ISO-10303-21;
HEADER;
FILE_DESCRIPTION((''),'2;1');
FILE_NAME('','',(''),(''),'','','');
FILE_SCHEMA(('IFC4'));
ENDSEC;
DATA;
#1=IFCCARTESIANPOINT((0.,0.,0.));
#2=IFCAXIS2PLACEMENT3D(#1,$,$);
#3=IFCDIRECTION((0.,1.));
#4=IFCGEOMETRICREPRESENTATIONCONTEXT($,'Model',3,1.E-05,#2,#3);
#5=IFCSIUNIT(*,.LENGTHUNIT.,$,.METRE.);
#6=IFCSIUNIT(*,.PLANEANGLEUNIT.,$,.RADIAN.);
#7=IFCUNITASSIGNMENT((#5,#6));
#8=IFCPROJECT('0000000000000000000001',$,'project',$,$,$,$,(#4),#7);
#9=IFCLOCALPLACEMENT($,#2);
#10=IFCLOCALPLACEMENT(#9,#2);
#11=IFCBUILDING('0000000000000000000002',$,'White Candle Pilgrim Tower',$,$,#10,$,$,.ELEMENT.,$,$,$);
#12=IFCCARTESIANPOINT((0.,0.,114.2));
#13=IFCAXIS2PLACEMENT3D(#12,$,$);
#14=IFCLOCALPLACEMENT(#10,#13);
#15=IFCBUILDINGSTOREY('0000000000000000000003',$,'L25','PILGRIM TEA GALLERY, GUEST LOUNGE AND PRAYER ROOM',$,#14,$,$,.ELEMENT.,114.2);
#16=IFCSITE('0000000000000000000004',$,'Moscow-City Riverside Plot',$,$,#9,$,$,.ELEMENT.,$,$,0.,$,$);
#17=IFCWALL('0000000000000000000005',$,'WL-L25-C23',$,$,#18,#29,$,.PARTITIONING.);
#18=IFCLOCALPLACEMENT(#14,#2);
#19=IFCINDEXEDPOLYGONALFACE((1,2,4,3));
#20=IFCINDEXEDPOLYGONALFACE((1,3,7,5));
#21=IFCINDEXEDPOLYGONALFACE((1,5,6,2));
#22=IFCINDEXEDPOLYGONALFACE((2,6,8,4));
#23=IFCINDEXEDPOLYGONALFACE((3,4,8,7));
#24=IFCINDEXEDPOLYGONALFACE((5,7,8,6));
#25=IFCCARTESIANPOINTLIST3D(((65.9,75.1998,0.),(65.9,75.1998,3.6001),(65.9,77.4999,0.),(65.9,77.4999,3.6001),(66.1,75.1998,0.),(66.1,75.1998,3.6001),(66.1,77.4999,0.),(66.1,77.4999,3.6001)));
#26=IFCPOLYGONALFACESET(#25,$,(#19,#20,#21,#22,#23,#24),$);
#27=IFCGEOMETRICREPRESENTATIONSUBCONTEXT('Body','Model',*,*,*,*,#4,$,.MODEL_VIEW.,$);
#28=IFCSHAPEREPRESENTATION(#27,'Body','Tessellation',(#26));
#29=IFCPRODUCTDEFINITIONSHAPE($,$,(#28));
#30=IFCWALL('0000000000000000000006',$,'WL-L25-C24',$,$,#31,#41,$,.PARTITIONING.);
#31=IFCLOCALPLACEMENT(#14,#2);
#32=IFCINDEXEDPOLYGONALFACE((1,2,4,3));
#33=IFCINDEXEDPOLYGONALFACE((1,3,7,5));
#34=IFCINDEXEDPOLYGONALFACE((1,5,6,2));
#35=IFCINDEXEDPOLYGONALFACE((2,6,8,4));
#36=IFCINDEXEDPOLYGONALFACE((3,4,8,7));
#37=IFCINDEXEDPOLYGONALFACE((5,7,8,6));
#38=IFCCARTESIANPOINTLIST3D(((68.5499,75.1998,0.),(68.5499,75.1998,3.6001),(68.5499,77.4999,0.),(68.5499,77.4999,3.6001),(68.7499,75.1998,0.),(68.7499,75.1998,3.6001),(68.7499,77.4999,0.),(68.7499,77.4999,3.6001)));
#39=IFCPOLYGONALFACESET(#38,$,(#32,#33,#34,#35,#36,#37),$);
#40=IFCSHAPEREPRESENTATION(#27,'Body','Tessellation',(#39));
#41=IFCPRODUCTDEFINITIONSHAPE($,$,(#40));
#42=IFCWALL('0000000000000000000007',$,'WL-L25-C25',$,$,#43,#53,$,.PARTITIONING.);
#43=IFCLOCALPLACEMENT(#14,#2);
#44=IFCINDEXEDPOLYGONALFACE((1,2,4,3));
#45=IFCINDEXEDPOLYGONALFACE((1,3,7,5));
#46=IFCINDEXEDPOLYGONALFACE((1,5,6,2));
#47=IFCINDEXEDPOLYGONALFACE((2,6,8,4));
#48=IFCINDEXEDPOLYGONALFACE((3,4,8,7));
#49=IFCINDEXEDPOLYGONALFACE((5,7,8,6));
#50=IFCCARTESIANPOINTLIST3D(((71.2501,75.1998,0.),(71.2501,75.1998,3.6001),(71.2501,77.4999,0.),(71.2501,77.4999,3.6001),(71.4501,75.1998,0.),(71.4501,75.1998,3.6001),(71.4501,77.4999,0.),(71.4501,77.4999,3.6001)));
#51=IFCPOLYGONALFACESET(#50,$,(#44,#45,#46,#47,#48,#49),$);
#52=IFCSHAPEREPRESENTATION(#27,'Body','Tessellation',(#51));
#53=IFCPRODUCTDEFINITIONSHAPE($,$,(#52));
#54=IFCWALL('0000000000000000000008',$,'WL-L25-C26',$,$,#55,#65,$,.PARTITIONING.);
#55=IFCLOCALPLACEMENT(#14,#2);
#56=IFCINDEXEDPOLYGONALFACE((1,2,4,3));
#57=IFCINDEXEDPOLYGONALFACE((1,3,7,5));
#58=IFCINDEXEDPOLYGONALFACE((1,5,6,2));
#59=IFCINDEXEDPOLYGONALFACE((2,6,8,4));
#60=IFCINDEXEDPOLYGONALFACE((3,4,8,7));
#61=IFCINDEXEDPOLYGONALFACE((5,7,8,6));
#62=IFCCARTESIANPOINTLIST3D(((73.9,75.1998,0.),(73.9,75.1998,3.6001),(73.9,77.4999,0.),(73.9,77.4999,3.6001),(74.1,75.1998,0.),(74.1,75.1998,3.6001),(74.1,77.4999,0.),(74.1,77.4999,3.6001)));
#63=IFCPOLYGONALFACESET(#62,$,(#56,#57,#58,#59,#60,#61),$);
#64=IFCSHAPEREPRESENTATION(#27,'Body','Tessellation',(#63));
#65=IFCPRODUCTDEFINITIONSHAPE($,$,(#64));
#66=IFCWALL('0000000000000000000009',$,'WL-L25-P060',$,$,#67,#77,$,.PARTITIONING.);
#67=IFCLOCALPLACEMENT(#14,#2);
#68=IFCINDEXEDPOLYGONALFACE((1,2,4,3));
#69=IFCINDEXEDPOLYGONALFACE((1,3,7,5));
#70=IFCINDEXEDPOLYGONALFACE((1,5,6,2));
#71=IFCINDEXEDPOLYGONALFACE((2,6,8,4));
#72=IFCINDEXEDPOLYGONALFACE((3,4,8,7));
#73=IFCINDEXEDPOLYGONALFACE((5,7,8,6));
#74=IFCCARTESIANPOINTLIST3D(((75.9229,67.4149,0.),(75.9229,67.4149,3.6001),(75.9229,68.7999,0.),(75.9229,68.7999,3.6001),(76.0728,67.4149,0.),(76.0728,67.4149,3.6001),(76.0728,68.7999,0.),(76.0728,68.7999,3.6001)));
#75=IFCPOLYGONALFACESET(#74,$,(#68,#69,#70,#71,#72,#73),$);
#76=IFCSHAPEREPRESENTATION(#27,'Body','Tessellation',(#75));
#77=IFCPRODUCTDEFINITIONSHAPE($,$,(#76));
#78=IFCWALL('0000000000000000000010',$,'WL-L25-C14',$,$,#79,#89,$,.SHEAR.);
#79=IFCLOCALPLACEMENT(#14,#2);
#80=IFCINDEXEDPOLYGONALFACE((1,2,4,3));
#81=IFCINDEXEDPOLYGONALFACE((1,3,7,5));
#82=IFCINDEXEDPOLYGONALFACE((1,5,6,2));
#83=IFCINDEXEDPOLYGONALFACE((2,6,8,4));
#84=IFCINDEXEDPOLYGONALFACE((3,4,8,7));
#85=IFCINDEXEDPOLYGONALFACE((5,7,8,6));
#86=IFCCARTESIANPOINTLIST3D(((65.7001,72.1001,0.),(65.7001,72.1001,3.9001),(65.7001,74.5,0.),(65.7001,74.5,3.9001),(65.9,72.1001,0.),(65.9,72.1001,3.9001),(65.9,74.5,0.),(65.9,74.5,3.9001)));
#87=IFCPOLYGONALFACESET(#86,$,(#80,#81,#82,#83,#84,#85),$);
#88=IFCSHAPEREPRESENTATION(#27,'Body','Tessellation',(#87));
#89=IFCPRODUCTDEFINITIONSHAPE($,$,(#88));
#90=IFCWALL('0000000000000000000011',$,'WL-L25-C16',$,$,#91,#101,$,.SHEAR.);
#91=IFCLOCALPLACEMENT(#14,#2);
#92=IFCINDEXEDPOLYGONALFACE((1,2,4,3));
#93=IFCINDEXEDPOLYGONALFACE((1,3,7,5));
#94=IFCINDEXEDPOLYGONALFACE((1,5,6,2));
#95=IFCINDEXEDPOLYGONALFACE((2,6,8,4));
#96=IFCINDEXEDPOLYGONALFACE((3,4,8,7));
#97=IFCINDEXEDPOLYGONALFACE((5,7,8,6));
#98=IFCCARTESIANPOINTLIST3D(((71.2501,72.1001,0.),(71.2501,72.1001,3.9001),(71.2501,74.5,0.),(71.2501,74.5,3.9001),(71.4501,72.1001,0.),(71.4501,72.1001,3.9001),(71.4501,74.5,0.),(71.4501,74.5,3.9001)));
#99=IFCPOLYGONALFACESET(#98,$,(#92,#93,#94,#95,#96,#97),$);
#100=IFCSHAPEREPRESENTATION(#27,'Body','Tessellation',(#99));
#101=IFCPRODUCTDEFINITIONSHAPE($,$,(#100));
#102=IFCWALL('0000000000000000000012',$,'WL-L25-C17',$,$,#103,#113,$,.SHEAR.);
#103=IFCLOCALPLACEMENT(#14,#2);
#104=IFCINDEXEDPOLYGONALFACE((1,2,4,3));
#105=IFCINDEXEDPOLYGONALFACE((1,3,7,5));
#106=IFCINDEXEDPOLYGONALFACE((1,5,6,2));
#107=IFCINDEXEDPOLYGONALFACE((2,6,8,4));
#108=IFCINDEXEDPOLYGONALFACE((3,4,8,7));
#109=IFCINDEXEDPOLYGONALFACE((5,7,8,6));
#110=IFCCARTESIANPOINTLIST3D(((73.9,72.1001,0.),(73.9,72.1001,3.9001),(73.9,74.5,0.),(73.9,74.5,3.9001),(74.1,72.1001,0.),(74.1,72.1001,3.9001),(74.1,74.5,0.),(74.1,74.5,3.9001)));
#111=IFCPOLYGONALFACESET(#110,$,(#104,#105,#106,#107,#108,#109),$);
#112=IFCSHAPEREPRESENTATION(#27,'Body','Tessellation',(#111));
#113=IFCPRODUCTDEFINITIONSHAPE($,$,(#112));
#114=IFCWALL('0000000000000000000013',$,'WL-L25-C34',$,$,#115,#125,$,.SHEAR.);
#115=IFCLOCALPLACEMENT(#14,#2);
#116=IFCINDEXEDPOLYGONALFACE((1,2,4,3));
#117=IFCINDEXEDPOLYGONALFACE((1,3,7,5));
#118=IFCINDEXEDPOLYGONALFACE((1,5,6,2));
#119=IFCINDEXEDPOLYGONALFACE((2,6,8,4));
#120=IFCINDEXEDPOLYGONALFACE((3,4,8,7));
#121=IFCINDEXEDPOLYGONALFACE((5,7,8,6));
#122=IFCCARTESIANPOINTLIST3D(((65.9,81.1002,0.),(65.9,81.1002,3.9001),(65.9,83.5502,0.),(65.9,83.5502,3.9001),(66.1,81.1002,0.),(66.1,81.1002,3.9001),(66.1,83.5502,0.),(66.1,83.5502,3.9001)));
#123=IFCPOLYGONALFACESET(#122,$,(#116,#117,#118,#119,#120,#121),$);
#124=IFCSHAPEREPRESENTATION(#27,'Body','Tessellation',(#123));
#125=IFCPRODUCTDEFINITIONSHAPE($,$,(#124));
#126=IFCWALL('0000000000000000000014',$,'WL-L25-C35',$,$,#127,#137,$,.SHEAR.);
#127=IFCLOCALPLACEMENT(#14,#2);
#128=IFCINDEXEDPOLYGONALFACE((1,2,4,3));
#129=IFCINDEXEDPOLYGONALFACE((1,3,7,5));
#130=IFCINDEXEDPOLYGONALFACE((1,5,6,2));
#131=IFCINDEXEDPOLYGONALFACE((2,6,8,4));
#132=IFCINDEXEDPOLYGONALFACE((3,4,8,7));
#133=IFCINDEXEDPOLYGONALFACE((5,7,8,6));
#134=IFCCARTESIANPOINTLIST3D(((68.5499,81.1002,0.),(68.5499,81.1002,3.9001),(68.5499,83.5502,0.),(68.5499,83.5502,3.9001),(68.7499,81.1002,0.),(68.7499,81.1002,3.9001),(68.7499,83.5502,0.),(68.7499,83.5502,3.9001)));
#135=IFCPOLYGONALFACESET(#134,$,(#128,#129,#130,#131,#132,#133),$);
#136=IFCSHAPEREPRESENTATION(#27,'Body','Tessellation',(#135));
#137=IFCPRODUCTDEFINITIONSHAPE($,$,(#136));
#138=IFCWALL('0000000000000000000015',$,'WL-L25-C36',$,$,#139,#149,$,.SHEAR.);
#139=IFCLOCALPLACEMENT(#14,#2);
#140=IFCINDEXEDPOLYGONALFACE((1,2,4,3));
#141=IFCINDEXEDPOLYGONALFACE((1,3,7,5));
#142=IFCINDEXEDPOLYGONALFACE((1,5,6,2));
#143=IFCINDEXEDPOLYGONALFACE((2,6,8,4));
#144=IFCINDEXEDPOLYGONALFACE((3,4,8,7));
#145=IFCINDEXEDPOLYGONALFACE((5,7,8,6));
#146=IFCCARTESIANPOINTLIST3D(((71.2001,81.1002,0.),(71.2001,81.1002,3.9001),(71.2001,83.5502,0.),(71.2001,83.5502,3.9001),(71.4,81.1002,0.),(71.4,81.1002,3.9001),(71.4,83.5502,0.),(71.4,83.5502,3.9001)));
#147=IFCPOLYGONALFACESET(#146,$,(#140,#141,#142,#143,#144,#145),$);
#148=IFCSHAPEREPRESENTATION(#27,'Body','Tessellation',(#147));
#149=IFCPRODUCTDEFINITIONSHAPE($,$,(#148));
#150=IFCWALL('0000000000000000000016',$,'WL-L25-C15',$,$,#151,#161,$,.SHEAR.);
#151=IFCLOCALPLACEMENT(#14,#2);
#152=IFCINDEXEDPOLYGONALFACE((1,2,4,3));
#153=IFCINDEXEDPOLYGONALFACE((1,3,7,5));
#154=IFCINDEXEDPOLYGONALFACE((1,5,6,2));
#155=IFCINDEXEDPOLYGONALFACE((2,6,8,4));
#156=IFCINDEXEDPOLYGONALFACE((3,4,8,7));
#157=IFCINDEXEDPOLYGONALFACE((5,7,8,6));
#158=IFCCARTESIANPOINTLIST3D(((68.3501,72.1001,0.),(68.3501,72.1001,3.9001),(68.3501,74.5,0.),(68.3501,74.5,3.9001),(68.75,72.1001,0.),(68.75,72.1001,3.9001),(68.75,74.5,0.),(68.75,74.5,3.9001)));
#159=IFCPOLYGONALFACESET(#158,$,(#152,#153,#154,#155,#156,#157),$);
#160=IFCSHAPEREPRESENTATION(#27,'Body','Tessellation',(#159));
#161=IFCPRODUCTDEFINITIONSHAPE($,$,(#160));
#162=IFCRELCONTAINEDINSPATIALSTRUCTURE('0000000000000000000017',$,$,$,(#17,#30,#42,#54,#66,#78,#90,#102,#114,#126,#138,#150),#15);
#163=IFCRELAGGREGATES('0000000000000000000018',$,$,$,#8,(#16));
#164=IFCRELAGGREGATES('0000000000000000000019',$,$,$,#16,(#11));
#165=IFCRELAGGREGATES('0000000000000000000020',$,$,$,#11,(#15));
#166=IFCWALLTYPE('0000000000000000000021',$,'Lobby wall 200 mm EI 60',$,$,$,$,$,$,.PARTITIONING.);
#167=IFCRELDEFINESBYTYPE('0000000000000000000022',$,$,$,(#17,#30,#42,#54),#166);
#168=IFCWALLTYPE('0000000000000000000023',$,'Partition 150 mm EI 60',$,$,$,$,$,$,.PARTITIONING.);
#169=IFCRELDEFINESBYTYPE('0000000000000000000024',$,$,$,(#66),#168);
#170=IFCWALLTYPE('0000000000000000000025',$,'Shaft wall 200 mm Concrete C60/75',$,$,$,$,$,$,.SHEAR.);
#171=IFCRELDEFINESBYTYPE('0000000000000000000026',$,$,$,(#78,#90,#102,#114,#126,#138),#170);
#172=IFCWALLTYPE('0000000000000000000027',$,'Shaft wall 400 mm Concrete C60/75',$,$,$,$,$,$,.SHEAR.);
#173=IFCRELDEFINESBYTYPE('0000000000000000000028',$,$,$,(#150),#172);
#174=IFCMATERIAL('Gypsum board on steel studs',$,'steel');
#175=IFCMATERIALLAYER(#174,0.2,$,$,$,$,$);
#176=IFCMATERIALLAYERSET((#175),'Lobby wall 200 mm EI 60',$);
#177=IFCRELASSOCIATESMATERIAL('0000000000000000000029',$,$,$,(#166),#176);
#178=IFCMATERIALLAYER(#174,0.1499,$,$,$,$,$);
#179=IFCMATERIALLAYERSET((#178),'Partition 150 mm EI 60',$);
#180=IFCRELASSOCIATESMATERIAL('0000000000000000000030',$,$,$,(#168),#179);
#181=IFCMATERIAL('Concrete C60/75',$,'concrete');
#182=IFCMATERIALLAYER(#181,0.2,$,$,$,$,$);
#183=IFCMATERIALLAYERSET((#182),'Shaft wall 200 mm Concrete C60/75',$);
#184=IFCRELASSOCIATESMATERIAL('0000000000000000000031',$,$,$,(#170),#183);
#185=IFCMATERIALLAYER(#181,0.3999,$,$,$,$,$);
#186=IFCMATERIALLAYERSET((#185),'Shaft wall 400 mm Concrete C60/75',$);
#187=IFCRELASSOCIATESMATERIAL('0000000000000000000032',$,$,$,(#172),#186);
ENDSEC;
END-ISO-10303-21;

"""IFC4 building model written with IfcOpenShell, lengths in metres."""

from ifc_helpers import new_model, si_unit, direction, frame, frame_2d, origin, place, context, subcontext, project, spatial, rectangle, extrude, material, layer, layer_set, type_object, element, save


model = new_model("IFC4")

# Units and contexts
model_context = context("Model", 3, precision=1e-05, world=origin(), true_north=direction((0.0, 1.0)))
body_context = subcontext(model_context, "Body", "Model", "MODEL_VIEW")
ifc_project = project(units=[si_unit("LENGTHUNIT", "METRE"), si_unit("PLANEANGLEUNIT", "RADIAN")], contexts=[model_context])

# Site, building, storey
site_placement = place(None, origin())
site = spatial("IfcSite", under=ifc_project, at=site_placement, Name="Moscow-City Riverside Plot", CompositionType="ELEMENT", RefElevation=0.0)
building_placement = place(site_placement, origin())
building = spatial("IfcBuilding", under=site, at=building_placement, Name="White Candle Pilgrim Tower", CompositionType="ELEMENT")
storey_placement = place(building_placement, frame((0.0, 0.0, 114.2)))
storey = spatial("IfcBuildingStorey", under=building, at=storey_placement, Name="L25", Description="PILGRIM TEA GALLERY, GUEST LOUNGE AND PRAYER ROOM", CompositionType="ELEMENT", Elevation=114.2)

# Walls
ifc_material_1 = material(Name="Gypsum board on steel studs", Category="steel")
ifc_layer_1 = layer(ifc_material_1, 0.2)
ifc_layer_set_1 = layer_set([ifc_layer_1], Name="Lobby wall 200 mm EI 60")
wall_type_1 = type_object("IfcWallType", Name="Lobby wall 200 mm EI 60", PredefinedType="PARTITIONING", material=ifc_layer_set_1)
for number, where, z_axis, x_axis, name in (
    (1, (66.0, 75.2, 0.0), (0.0, 0.0, 1.0), (0.0, 1.0, 0.0), "WL-L25-C23"),
    (2, (68.6499, 75.2, 0.0), (0.0, 0.0, 1.0), (0.0, 1.0, 0.0), "WL-L25-C24"),
    (3, (71.3501, 75.2, 0.0), (0.0, 0.0, 1.0), (0.0, 1.0, 0.0), "WL-L25-C25"),
    (4, (74.0, 75.2, 0.0), (0.0, 0.0, 1.0), (0.0, 1.0, 0.0), "WL-L25-C26"),
):
    element("IfcWall", number, at=place(storey_placement, frame(where, z_axis=z_axis, x_axis=x_axis)), inside=storey, type_object=wall_type_1, Name=name, PredefinedType="PARTITIONING", context=body_context, shape_type="SweptSolid", body=[
        extrude(rectangle(XDim=2.3, YDim=0.2, at=frame_2d((1.1499, 0.0))), origin(), (0.0, 0.0, 1.0), 3.6001),
    ])
ifc_layer_2 = layer(ifc_material_1, 0.1499)
ifc_layer_set_2 = layer_set([ifc_layer_2], Name="Partition 150 mm EI 60")
wall_type_2 = type_object("IfcWallType", Name="Partition 150 mm EI 60", PredefinedType="PARTITIONING", material=ifc_layer_set_2)
wall_1_placement = place(storey_placement, frame((75.9978, 67.415, 0.0), z_axis=(0.0, 0.0, 1.0), x_axis=(0.0, 1.0, 0.0)))
element("IfcWall", 5, at=wall_1_placement, inside=storey, type_object=wall_type_2, Name="WL-L25-P060", PredefinedType="PARTITIONING", context=body_context, shape_type="SweptSolid", body=[
    extrude(rectangle(XDim=1.385, YDim=0.1499, at=frame_2d((0.6924, 0.0))), origin(), (0.0, 0.0, 1.0), 3.6001),
])
ifc_material_2 = material(Name="Concrete C60/75", Category="concrete")
ifc_layer_3 = layer(ifc_material_2, 0.2)
ifc_layer_set_3 = layer_set([ifc_layer_3], Name="Shaft wall 200 mm Concrete C60/75")
wall_type_3 = type_object("IfcWallType", Name="Shaft wall 200 mm Concrete C60/75", PredefinedType="SHEAR", material=ifc_layer_set_3)
for number, where, z_axis, x_axis, name in (
    (6, (65.8, 72.1001, 0.0), (0.0, 0.0, 1.0), (0.0, 1.0, 0.0), "WL-L25-C14"),
    (7, (71.3501, 72.1001, 0.0), (0.0, 0.0, 1.0), (0.0, 1.0, 0.0), "WL-L25-C16"),
    (8, (74.0, 72.1001, 0.0), (0.0, 0.0, 1.0), (0.0, 1.0, 0.0), "WL-L25-C17"),
):
    element("IfcWall", number, at=place(storey_placement, frame(where, z_axis=z_axis, x_axis=x_axis)), inside=storey, type_object=wall_type_3, Name=name, PredefinedType="SHEAR", context=body_context, shape_type="SweptSolid", body=[
        extrude(rectangle(XDim=2.3999, YDim=0.2, at=frame_2d((1.2, 0.0))), origin(), (0.0, 0.0, 1.0), 3.9001),
    ])
for number, where, z_axis, x_axis, name in (
    (9, (66.0, 81.1001, 0.0), (0.0, 0.0, 1.0), (0.0, 1.0, 0.0), "WL-L25-C34"),
    (10, (68.6499, 81.1001, 0.0), (0.0, 0.0, 1.0), (0.0, 1.0, 0.0), "WL-L25-C35"),
    (11, (71.3, 81.1001, 0.0), (0.0, 0.0, 1.0), (0.0, 1.0, 0.0), "WL-L25-C36"),
):
    element("IfcWall", number, at=place(storey_placement, frame(where, z_axis=z_axis, x_axis=x_axis)), inside=storey, type_object=wall_type_3, Name=name, PredefinedType="SHEAR", context=body_context, shape_type="SweptSolid", body=[
        extrude(rectangle(XDim=2.45, YDim=0.2, at=frame_2d((1.2251, 0.0))), origin(), (0.0, 0.0, 1.0), 3.9001),
    ])
ifc_layer_4 = layer(ifc_material_2, 0.3999)
ifc_layer_set_4 = layer_set([ifc_layer_4], Name="Shaft wall 400 mm Concrete C60/75")
wall_type_4 = type_object("IfcWallType", Name="Shaft wall 400 mm Concrete C60/75", PredefinedType="SHEAR", material=ifc_layer_set_4)
wall_2_placement = place(storey_placement, frame((68.55, 72.1001, 0.0), z_axis=(0.0, 0.0, 1.0), x_axis=(0.0, 1.0, 0.0)))
element("IfcWall", 12, at=wall_2_placement, inside=storey, type_object=wall_type_4, Name="WL-L25-C15", PredefinedType="SHEAR", context=body_context, shape_type="SweptSolid", body=[
    extrude(rectangle(XDim=2.3999, YDim=0.3999, at=frame_2d((1.2, 0.0))), origin(), (0.0, 0.0, 1.0), 3.9001),
])

save(model, "model.ifc")
